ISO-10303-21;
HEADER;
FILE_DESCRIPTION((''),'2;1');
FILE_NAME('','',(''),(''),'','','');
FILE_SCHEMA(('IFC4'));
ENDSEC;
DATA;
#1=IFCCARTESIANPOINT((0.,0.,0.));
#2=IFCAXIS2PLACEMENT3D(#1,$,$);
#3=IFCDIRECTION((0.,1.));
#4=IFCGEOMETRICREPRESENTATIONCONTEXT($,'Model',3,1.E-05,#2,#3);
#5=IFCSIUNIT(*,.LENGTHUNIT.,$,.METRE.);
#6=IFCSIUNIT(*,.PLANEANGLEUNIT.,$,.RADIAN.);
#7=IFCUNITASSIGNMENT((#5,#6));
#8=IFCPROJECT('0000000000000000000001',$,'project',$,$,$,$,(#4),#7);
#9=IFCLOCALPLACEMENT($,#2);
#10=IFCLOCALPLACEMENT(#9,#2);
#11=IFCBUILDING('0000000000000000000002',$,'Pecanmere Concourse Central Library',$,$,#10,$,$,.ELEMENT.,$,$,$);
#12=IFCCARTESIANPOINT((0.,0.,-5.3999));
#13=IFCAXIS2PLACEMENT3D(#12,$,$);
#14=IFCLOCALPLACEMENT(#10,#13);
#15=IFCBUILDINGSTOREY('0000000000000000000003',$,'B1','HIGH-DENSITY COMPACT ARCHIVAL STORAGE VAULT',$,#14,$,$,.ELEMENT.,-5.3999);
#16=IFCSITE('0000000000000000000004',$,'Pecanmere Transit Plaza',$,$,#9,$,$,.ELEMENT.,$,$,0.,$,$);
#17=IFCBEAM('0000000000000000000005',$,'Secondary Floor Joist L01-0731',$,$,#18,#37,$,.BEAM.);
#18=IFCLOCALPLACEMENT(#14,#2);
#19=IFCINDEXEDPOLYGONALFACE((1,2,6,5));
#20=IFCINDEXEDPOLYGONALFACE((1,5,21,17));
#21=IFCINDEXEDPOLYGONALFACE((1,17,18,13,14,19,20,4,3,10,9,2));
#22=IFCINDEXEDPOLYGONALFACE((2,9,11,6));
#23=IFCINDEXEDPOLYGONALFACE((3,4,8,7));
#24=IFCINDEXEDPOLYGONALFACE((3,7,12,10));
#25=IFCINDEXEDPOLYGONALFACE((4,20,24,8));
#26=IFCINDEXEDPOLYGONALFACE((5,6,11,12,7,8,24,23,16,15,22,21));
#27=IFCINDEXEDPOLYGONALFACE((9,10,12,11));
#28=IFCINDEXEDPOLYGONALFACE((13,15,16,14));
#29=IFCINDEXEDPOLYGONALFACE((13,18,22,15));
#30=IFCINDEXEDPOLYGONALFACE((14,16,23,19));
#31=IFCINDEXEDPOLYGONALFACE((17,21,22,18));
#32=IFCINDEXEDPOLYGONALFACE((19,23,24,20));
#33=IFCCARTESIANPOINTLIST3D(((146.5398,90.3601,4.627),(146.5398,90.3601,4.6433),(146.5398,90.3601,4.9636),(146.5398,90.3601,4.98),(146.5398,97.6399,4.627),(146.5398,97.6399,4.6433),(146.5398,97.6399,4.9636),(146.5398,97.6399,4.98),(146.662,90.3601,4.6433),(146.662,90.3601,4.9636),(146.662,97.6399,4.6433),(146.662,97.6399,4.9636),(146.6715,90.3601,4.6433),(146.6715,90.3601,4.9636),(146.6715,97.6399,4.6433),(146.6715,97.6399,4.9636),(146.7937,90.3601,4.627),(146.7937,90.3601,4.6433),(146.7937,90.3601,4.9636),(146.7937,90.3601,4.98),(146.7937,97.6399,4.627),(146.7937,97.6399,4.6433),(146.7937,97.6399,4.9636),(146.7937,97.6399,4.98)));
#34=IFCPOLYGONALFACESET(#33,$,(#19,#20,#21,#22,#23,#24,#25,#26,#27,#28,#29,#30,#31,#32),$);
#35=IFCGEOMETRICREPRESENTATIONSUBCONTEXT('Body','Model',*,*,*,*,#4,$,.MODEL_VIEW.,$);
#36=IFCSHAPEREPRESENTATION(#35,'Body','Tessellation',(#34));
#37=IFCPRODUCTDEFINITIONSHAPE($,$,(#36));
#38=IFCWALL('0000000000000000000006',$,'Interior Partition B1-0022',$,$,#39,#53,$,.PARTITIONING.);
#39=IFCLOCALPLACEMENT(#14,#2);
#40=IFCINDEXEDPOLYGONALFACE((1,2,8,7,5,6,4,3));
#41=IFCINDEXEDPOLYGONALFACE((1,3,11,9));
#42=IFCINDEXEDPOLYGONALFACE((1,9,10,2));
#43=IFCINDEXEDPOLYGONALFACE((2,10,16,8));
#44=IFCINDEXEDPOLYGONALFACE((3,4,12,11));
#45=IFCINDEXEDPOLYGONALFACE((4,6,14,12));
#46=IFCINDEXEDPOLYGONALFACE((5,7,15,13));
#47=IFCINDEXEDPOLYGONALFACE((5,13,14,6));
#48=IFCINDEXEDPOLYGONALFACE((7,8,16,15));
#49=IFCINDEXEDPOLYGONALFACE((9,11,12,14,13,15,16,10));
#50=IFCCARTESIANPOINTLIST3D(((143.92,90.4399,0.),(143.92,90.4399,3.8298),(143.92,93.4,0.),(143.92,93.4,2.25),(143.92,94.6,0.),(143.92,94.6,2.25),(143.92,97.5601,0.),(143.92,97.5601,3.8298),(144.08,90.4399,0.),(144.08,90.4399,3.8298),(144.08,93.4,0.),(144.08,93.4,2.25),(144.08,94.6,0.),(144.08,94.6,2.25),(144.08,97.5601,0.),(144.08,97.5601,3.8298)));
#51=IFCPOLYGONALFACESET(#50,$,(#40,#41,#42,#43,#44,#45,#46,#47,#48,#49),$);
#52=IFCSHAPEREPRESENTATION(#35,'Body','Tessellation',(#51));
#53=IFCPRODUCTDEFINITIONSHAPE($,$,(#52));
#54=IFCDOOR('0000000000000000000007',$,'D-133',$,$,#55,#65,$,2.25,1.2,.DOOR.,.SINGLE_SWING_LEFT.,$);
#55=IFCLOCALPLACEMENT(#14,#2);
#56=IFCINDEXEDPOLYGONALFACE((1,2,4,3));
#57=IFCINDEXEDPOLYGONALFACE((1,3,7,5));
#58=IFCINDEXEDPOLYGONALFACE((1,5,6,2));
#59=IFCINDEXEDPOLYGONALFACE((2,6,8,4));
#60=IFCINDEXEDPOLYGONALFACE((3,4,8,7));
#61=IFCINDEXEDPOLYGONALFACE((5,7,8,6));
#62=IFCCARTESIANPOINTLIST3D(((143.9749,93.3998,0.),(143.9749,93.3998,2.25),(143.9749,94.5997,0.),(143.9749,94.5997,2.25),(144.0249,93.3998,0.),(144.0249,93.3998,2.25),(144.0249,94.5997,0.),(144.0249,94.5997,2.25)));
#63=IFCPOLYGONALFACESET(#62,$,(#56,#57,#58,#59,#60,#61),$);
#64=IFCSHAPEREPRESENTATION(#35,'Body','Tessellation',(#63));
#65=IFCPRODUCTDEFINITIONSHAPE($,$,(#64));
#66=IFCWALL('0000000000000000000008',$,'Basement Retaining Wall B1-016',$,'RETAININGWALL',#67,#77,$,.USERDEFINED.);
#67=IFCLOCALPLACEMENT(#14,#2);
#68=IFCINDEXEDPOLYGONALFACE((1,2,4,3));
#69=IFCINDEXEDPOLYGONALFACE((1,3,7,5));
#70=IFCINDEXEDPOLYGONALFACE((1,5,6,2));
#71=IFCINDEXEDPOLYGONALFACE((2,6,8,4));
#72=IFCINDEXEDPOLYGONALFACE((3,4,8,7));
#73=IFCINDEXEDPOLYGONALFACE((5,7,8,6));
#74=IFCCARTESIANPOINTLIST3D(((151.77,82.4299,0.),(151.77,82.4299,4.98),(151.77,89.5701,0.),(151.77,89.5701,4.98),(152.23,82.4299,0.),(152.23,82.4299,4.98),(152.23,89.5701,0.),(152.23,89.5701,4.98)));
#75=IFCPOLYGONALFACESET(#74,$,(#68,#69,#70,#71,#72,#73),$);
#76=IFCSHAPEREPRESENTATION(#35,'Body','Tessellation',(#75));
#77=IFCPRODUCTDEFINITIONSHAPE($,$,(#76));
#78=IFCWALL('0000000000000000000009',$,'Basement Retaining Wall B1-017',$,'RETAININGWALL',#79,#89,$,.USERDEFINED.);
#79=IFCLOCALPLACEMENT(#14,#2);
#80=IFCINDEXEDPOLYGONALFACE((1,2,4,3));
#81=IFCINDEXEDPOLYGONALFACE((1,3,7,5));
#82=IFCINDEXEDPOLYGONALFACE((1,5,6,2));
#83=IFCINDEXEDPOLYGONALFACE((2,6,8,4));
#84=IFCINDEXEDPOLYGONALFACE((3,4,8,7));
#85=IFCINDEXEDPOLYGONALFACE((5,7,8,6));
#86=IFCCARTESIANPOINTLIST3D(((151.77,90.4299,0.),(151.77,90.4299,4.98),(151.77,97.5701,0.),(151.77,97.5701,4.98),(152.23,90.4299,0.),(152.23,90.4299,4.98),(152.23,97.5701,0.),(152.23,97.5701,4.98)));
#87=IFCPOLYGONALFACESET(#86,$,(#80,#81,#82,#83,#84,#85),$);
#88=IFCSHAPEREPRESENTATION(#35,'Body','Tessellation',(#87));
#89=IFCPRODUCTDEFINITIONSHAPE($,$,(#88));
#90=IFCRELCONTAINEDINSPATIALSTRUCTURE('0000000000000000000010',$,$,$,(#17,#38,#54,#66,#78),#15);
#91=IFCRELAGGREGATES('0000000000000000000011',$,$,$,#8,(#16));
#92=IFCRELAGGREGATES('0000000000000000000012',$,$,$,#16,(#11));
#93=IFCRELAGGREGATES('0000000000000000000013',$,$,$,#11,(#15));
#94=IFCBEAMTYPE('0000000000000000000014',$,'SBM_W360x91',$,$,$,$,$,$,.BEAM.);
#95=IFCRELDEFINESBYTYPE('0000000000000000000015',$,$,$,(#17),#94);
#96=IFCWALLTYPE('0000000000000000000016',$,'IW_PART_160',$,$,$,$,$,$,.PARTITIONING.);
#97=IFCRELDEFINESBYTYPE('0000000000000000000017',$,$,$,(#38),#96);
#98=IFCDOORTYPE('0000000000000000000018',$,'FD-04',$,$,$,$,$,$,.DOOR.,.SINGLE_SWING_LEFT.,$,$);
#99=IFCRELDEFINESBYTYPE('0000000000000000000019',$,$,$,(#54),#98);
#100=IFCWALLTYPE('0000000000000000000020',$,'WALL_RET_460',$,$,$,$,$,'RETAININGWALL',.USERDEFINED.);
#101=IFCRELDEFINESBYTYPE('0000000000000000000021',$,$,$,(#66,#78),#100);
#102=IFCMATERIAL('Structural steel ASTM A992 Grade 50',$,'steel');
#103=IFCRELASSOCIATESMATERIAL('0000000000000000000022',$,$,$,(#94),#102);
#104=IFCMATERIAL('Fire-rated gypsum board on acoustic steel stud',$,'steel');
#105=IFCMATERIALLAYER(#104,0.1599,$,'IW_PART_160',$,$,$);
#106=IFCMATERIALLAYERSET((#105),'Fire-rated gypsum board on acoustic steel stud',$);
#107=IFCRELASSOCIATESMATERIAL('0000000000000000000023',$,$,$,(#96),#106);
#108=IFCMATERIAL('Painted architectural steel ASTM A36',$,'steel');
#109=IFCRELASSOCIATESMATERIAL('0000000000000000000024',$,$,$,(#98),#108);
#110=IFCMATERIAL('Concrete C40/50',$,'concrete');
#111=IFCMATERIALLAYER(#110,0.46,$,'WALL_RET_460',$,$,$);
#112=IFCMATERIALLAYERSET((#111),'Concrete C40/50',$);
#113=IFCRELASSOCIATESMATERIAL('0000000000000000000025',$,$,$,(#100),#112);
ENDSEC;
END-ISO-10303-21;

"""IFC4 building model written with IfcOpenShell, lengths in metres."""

from ifc_helpers import new_model, si_unit, direction, frame, frame_2d, origin, origin_2d, place, context, subcontext, project, spatial, rectangle, i_section, extrude, material, layer, layer_set, material_profile, profile_set, type_object, element, fill, save


model = new_model("IFC4")

# Units and contexts
model_context = context("Model", 3, precision=1e-05, world=origin(), true_north=direction((0.0, 1.0)))
body_context = subcontext(model_context, "Body", "Model", "MODEL_VIEW")
ifc_project = project(units=[si_unit("LENGTHUNIT", "METRE"), si_unit("PLANEANGLEUNIT", "RADIAN")], contexts=[model_context])

# Site, building, storey
site_placement = place(None, origin())
site = spatial("IfcSite", under=ifc_project, at=site_placement, Name="Pecanmere Transit Plaza", CompositionType="ELEMENT", RefElevation=0.0)
building_placement = place(site_placement, origin())
building = spatial("IfcBuilding", under=site, at=building_placement, Name="Pecanmere Concourse Central Library", CompositionType="ELEMENT")
storey_placement = place(building_placement, frame((0.0, 0.0, -5.3999)))
storey = spatial("IfcBuildingStorey", under=building, at=storey_placement, Name="B1", Description="HIGH-DENSITY COMPACT ARCHIVAL STORAGE VAULT", CompositionType="ELEMENT", Elevation=-5.3999)

# Beam
ifc_material_1 = material(Name="Structural steel ASTM A992 Grade 50", Category="steel")
ifc_material_profile_1 = material_profile(ifc_material_1, i_section(OverallWidth=0.2539, OverallDepth=0.353, WebThickness=0.0095, FlangeThickness=0.0164, at=origin_2d()), Name="W360x91")
ifc_profile_set_1 = profile_set([ifc_material_profile_1], Name="Structural steel ASTM A992 Grade 50")
beam_type_1 = type_object("IfcBeamType", Name="SBM_W360x91", PredefinedType="BEAM", material=ifc_profile_set_1)
beam_1_placement = place(storey_placement, frame((146.6667, 90.3601, 4.8035), z_axis=(0.0, 1.0, 0.0), x_axis=(-1.0, 0.0, 0.0)))
element("IfcBeam", 1, at=beam_1_placement, inside=storey, type_object=beam_type_1, Name="Secondary Floor Joist L01-0731", PredefinedType="BEAM", context=body_context, shape_type="SweptSolid", body=[
    extrude(i_section(OverallWidth=0.2539, OverallDepth=0.353, WebThickness=0.0095, FlangeThickness=0.0164, at=origin_2d()), origin(), (0.0, 0.0, 1.0), 7.2798),
])

# Wall, opening, door
ifc_material_2 = material(Name="Fire-rated gypsum board on acoustic steel stud", Category="steel")
ifc_layer_1 = layer(ifc_material_2, 0.1599, Name="IW_PART_160")
ifc_layer_set_1 = layer_set([ifc_layer_1], Name="Fire-rated gypsum board on acoustic steel stud")
wall_type_1 = type_object("IfcWallType", Name="IW_PART_160", PredefinedType="PARTITIONING", material=ifc_layer_set_1)
wall_placement = place(storey_placement, frame((144.0, 90.4399, 0.0), z_axis=(0.0, 0.0, 1.0), x_axis=(0.0, 1.0, 0.0)))
wall = element("IfcWall", 2, at=wall_placement, inside=storey, type_object=wall_type_1, Name="Interior Partition B1-0022", PredefinedType="PARTITIONING", context=body_context, shape_type="SweptSolid", body=[
    extrude(rectangle(XDim=7.1201, YDim=0.1599, at=frame_2d((3.5601, 0.0))), origin(), (0.0, 0.0, 1.0), 3.8298),
])
opening_placement = place(wall_placement, frame((2.96, 0.0, 0.0)))
opening = element("IfcOpeningElement", 3, at=opening_placement, cuts=wall, PredefinedType="OPENING", context=body_context, shape_type="SweptSolid", body=[
    extrude(rectangle(XDim=1.2, YDim=2.25, at=frame_2d((0.6001, 1.125))), frame((0.0, 0.0918, 0.0), z_axis=(0.0, -1.0, 0.0), x_axis=(1.0, 0.0, 0.0)), (0.0, 0.0, 1.0), 0.1838),
])
ifc_material_3 = material(Name="Painted architectural steel ASTM A36", Category="steel")
door_type = type_object("IfcDoorType", Name="FD-04", OperationType="SINGLE_SWING_LEFT", PredefinedType="DOOR", material=ifc_material_3)
door_placement = place(opening_placement, frame((1.2, 0.0, 0.0), z_axis=(0.0, 0.0, 1.0), x_axis=(-1.0, 0.0, 0.0)))
door = element("IfcDoor", 4, at=door_placement, inside=storey, type_object=door_type, Name="D-133", OperationType="SINGLE_SWING_LEFT", OverallHeight=2.25, OverallWidth=1.2, PredefinedType="DOOR", context=body_context, shape_type="SweptSolid", body=[
    extrude(rectangle(XDim=1.2, YDim=2.25, at=frame_2d((0.6001, 1.125))), frame((0.0, 0.0249, 0.0), z_axis=(0.0, -1.0, 0.0), x_axis=(1.0, 0.0, 0.0)), (0.0, 0.0, 1.0), 0.05),
])
fill(opening, door)

# Walls
ifc_material_4 = material(Name="Concrete C40/50", Category="concrete")
ifc_layer_2 = layer(ifc_material_4, 0.46, Name="WALL_RET_460")
ifc_layer_set_2 = layer_set([ifc_layer_2], Name="Concrete C40/50")
wall_type_2 = type_object("IfcWallType", Name="WALL_RET_460", ElementType="RETAININGWALL", PredefinedType="USERDEFINED", material=ifc_layer_set_2)
for number, where, z_axis, x_axis, name in (
    (5, (152.0, 82.4299, 0.0), (0.0, 0.0, 1.0), (0.0, 1.0, 0.0), "Basement Retaining Wall B1-016"),
    (6, (152.0, 90.4299, 0.0), (0.0, 0.0, 1.0), (0.0, 1.0, 0.0), "Basement Retaining Wall B1-017"),
):
    element("IfcWall", number, at=place(storey_placement, frame(where, z_axis=z_axis, x_axis=x_axis)), inside=storey, type_object=wall_type_2, Name=name, ObjectType="RETAININGWALL", PredefinedType="USERDEFINED", context=body_context, shape_type="SweptSolid", body=[
        extrude(rectangle(XDim=7.1401, YDim=0.46, at=frame_2d((3.5701, 0.0))), origin(), (0.0, 0.0, 1.0), 4.98),
    ])

save(model, "model.ifc")
